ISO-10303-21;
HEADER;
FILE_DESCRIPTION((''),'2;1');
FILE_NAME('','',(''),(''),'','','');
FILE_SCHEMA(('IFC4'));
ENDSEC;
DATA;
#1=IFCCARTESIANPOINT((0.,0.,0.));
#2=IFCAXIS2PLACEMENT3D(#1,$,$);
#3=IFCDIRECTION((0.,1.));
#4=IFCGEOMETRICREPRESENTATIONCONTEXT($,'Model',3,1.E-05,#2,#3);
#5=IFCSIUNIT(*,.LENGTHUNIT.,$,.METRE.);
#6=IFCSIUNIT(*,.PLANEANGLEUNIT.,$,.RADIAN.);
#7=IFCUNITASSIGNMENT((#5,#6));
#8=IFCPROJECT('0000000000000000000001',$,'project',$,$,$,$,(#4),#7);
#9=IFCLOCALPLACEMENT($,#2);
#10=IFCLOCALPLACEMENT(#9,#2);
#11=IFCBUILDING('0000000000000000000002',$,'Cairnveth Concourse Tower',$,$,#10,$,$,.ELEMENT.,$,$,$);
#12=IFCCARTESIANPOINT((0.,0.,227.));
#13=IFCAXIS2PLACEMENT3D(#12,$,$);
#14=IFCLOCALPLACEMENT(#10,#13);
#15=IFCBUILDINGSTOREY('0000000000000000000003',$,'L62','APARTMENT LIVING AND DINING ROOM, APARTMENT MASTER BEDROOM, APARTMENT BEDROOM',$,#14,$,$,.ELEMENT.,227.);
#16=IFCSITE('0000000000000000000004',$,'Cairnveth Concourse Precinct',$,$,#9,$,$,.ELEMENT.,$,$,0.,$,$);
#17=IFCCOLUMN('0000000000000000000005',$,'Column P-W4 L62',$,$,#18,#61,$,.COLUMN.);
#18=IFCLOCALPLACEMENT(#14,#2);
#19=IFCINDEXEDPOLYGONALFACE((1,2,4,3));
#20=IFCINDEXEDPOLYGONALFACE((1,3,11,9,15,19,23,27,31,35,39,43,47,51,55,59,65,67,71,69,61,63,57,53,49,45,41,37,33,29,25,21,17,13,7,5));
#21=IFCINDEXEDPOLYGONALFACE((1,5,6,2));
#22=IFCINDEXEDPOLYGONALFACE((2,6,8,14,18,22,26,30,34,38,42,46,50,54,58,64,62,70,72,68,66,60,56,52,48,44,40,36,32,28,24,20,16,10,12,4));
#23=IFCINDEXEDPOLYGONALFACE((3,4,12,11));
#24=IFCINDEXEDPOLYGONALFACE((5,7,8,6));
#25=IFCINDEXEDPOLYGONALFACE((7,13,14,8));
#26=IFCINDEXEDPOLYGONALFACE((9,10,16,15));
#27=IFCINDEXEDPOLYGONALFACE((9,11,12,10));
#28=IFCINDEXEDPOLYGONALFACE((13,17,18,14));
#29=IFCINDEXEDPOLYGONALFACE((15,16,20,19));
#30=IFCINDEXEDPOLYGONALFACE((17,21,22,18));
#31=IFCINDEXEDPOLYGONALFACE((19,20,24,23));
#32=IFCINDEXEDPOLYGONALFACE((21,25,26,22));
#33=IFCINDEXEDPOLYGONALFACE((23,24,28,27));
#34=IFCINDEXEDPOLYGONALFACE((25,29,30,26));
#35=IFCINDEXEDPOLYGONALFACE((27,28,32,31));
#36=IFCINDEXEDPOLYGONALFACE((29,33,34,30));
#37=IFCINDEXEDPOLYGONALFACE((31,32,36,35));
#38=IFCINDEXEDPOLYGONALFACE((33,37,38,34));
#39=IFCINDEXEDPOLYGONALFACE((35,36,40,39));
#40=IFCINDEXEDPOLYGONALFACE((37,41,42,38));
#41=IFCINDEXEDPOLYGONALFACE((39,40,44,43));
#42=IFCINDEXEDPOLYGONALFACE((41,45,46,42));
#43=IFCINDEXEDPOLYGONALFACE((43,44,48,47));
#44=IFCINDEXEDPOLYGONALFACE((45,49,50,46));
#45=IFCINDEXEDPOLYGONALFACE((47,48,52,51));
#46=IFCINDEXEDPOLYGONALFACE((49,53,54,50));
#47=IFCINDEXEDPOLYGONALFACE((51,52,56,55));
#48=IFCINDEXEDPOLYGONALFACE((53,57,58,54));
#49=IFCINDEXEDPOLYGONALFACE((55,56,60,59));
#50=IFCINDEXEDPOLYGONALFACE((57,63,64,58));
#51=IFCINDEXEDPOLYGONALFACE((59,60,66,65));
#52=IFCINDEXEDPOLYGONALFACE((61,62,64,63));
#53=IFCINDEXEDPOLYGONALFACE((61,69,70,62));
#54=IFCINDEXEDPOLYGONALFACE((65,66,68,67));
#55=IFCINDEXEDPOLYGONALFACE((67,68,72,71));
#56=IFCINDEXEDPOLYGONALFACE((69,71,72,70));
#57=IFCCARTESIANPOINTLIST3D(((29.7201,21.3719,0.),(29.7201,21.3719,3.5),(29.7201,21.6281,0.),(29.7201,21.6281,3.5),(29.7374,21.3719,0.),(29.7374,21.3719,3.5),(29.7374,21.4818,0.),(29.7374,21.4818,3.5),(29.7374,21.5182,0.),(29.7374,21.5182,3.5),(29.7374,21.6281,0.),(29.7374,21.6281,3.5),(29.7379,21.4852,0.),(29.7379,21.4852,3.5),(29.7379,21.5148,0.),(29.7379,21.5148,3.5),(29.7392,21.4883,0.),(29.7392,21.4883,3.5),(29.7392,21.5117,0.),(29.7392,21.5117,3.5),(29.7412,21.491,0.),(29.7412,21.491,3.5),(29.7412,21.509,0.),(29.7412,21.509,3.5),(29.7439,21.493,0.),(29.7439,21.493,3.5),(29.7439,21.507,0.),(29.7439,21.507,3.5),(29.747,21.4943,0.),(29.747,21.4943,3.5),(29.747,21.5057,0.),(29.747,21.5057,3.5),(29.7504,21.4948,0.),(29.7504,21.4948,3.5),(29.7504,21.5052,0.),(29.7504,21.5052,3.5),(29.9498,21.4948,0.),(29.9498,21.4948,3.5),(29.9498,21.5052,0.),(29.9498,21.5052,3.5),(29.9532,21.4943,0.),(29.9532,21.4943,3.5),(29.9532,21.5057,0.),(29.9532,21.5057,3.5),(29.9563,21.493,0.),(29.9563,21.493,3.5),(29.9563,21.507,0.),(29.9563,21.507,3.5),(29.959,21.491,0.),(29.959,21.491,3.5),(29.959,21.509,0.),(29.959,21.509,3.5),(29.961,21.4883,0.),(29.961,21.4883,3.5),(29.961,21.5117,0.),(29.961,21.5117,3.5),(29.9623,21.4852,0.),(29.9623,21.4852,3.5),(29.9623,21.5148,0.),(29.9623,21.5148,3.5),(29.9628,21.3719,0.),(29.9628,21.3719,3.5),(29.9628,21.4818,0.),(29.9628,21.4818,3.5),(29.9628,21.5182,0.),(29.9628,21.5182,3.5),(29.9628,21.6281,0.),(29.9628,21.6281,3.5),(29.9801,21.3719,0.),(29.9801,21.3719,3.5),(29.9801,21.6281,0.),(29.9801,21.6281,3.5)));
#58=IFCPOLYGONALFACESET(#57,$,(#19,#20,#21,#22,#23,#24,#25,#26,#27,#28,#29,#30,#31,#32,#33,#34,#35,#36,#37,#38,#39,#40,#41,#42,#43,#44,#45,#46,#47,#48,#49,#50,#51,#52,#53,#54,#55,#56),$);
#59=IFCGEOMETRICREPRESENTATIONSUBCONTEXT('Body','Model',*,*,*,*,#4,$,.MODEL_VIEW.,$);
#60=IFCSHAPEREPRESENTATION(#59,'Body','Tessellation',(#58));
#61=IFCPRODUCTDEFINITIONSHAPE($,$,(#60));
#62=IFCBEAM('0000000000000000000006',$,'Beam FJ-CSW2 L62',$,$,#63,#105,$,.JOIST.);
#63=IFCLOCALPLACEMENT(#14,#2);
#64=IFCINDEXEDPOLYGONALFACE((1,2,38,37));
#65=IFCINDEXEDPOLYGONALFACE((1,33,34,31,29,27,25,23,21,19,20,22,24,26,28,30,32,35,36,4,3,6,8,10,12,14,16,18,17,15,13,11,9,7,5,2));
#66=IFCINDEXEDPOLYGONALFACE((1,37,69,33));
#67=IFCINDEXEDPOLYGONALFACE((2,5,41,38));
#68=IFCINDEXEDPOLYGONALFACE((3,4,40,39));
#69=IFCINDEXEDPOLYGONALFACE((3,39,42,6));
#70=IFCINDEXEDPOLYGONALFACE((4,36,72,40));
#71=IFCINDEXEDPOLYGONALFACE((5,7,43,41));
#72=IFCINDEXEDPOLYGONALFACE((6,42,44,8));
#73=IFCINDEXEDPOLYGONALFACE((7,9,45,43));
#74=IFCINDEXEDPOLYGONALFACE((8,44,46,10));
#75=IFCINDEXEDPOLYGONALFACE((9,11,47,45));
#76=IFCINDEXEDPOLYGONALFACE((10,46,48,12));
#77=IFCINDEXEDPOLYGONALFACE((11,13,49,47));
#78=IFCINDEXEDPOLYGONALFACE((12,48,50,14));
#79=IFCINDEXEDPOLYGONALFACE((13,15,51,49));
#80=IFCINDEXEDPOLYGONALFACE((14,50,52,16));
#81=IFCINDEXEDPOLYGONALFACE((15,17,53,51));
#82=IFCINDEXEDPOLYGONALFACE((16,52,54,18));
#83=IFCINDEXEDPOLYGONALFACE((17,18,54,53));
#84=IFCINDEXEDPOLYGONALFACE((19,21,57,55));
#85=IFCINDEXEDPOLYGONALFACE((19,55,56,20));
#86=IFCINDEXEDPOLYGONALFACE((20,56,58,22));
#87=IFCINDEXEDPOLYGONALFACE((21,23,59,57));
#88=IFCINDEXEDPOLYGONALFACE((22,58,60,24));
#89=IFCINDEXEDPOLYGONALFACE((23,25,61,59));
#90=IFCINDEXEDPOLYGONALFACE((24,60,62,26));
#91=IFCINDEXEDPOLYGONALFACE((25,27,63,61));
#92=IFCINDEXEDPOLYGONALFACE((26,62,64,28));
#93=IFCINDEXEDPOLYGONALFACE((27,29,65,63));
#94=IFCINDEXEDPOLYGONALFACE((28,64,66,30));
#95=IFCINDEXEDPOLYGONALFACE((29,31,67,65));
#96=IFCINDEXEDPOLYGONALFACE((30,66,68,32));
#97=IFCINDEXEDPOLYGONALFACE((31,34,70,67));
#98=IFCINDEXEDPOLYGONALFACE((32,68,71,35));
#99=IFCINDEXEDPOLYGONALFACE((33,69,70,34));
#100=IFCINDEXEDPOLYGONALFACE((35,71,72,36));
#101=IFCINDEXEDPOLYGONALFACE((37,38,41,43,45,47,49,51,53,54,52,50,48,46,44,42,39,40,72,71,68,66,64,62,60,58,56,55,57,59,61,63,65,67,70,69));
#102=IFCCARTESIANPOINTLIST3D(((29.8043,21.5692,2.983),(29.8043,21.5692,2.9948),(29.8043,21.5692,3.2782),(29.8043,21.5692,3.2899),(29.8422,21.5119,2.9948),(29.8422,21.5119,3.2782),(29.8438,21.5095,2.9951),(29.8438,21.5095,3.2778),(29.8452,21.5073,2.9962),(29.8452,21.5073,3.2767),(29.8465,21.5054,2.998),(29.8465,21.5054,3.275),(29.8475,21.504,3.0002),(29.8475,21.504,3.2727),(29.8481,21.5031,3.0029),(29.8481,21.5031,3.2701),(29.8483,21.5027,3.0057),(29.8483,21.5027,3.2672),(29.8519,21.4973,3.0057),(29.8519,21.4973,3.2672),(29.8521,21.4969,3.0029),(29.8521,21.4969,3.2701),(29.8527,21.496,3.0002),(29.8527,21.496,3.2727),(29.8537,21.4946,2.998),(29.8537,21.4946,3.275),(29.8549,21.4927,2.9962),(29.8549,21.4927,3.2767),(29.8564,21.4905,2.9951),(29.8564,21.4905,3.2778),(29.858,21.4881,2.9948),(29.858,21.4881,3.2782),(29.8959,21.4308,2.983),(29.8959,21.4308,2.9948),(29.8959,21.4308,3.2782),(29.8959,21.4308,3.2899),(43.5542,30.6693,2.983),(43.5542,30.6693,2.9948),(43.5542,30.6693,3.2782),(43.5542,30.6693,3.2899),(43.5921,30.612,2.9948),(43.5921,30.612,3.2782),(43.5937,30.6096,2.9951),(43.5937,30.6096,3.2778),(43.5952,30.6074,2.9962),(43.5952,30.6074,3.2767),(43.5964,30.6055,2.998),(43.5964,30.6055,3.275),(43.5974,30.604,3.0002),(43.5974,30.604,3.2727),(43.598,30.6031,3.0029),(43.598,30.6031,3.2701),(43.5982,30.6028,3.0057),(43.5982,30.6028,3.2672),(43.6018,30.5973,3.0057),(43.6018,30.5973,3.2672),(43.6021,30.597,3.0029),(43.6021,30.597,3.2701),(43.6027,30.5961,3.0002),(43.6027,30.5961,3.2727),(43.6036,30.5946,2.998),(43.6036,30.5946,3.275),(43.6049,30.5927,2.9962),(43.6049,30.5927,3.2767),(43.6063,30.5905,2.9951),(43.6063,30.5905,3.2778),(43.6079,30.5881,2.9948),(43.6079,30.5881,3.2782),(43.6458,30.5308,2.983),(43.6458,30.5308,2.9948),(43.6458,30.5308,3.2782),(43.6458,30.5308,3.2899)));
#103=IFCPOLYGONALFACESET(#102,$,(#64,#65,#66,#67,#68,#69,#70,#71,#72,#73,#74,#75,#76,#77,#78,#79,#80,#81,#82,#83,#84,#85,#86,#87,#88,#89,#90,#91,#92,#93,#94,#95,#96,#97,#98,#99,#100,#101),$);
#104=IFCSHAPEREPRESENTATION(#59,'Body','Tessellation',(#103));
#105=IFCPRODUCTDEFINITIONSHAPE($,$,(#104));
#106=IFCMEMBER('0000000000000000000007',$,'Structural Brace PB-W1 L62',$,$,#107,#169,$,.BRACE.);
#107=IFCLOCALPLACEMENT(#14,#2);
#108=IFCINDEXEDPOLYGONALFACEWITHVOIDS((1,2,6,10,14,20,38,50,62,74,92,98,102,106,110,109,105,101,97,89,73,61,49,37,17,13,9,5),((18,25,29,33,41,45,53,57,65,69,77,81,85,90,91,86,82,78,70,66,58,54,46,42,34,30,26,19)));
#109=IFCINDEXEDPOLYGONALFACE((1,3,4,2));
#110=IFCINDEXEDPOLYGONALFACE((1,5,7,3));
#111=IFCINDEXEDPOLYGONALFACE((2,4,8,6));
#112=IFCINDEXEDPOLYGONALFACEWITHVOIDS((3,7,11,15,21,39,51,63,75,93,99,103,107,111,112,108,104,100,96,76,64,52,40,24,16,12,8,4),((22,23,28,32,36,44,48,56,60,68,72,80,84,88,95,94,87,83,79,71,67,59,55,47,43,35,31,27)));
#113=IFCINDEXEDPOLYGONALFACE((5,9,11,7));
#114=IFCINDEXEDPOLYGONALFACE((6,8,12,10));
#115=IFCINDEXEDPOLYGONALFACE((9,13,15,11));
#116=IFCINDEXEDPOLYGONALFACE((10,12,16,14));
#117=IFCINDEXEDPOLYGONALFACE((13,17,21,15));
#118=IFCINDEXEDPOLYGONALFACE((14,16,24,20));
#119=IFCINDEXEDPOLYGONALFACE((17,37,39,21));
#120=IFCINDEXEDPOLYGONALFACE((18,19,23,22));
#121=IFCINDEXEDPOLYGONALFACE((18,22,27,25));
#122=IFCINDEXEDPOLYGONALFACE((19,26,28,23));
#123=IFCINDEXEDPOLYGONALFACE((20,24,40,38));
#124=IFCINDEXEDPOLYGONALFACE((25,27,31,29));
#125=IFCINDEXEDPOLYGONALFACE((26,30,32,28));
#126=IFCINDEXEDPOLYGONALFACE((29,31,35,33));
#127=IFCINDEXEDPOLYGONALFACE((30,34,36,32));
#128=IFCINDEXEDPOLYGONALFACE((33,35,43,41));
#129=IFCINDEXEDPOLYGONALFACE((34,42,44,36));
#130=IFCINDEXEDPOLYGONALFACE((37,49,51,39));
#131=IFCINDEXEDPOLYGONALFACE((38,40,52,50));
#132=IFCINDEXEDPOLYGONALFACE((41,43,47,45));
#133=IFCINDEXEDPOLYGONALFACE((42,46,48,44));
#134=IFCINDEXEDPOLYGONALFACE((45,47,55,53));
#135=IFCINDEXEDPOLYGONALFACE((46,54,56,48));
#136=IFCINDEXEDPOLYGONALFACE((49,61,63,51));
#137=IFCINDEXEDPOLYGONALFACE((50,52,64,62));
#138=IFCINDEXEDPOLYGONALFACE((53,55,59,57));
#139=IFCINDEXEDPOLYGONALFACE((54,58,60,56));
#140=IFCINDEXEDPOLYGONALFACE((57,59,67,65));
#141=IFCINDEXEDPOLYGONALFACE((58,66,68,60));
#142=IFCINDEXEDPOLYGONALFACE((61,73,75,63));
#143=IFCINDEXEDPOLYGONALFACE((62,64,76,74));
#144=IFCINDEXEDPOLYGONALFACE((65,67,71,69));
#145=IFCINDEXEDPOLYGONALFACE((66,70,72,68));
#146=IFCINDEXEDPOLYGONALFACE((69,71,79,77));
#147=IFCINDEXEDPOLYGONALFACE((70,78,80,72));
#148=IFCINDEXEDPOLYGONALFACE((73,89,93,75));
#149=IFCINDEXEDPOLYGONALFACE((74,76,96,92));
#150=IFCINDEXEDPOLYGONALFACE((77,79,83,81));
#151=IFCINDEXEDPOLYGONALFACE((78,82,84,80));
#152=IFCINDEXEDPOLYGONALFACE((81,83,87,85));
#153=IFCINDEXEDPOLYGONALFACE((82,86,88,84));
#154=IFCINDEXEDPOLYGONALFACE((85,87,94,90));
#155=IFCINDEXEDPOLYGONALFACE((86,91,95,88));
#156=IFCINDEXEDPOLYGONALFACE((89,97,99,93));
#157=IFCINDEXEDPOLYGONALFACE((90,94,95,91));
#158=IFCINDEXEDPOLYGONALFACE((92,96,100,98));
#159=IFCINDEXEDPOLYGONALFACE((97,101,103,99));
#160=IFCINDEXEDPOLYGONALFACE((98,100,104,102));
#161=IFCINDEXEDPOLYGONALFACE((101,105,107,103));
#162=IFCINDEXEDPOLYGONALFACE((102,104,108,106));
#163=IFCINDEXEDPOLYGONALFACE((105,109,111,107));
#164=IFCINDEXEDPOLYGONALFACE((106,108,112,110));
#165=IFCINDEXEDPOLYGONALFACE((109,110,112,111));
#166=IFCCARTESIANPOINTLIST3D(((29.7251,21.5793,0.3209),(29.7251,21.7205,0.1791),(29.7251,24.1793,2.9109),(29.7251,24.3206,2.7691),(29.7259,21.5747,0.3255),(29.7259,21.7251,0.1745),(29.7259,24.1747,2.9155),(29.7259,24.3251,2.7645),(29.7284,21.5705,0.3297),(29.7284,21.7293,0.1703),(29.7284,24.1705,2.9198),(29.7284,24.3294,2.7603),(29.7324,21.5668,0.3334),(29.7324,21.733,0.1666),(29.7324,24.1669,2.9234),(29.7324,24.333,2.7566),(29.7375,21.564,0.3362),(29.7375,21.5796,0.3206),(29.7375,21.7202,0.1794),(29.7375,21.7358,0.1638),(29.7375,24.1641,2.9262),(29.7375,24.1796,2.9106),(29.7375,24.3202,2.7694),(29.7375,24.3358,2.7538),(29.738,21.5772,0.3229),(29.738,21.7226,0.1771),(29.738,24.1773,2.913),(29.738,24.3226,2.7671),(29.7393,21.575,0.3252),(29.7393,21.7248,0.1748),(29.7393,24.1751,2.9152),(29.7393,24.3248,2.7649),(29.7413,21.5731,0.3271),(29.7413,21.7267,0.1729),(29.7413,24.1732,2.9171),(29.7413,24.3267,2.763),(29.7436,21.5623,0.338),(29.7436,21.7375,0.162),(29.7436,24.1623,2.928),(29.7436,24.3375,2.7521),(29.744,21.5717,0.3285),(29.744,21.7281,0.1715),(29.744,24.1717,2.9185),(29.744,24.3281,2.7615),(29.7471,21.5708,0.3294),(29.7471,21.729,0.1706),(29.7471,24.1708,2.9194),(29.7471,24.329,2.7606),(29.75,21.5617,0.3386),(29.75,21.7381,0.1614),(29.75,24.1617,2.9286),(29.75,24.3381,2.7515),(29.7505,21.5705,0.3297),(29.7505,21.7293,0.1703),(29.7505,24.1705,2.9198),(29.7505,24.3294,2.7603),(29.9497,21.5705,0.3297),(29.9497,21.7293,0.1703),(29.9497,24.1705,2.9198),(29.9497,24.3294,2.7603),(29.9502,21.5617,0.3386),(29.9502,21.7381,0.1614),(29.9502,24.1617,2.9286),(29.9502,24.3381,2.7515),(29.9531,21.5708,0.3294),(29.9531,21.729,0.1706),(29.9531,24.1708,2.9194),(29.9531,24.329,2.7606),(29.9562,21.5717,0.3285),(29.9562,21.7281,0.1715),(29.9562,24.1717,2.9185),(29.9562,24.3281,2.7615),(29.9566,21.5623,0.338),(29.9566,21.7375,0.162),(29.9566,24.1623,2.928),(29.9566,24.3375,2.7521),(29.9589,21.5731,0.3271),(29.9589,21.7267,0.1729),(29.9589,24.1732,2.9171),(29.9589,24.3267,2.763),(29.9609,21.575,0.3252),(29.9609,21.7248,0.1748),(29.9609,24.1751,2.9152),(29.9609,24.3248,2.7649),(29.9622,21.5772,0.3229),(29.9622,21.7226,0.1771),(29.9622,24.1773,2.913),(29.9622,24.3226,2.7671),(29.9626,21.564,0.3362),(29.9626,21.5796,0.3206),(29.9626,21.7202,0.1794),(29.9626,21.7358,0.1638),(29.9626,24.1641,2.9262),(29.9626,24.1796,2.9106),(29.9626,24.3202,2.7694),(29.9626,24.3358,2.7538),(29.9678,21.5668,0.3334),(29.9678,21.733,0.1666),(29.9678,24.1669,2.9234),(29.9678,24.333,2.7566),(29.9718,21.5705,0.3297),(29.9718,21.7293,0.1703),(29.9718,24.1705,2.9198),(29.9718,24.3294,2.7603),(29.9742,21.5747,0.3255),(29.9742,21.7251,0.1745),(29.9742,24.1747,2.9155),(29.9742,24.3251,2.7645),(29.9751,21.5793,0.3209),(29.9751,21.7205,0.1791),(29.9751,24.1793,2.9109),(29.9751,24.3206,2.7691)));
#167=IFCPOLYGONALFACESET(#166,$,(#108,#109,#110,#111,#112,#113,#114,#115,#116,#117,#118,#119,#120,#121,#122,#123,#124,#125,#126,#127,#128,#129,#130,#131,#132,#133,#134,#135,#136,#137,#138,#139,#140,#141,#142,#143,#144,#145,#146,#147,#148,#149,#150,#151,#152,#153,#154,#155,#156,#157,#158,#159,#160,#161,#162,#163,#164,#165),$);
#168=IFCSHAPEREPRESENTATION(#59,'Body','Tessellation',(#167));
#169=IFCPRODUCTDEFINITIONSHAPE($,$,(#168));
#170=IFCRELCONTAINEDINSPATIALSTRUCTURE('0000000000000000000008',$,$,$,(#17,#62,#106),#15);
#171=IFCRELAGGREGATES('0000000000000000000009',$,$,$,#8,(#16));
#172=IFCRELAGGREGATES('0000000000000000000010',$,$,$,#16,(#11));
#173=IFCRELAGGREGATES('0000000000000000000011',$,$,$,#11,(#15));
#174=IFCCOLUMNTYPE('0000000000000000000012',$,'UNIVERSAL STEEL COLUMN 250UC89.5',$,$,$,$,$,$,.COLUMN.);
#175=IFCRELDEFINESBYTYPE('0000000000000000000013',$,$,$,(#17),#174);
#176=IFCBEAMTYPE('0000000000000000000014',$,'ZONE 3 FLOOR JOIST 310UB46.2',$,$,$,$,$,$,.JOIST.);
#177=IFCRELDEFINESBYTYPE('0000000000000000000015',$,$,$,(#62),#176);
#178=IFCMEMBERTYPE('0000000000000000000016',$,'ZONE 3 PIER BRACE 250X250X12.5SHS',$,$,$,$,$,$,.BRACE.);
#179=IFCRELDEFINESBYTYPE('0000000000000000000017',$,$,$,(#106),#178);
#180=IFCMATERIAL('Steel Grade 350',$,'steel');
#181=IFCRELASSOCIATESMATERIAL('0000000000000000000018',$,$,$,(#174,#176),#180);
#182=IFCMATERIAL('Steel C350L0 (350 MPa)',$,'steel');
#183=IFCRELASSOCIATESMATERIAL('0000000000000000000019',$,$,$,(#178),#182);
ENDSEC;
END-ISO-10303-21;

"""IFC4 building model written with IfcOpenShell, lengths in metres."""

from ifc_helpers import new_model, si_unit, direction, frame, origin, origin_2d, place, context, subcontext, project, spatial, hollow_rectangle, i_section, extrude, material, material_profile, profile_set, type_object, element, save


model = new_model("IFC4")

# Units and contexts
model_context = context("Model", 3, precision=1e-05, world=origin(), true_north=direction((0.0, 1.0)))
body_context = subcontext(model_context, "Body", "Model", "MODEL_VIEW")
ifc_project = project(units=[si_unit("LENGTHUNIT", "METRE"), si_unit("PLANEANGLEUNIT", "RADIAN")], contexts=[model_context])

# Site, building, storey
site_placement = place(None, origin())
site = spatial("IfcSite", under=ifc_project, at=site_placement, Name="Cairnveth Concourse Precinct", CompositionType="ELEMENT", RefElevation=0.0)
building_placement = place(site_placement, origin())
building = spatial("IfcBuilding", under=site, at=building_placement, Name="Cairnveth Concourse Tower", CompositionType="ELEMENT")
storey_placement = place(building_placement, frame((0.0, 0.0, 227.0)))
storey = spatial("IfcBuildingStorey", under=building, at=storey_placement, Name="L62", Description="APARTMENT LIVING AND DINING ROOM, APARTMENT MASTER BEDROOM, APARTMENT BEDROOM", CompositionType="ELEMENT", Elevation=227.0)

# Column
ifc_material_1 = material(Name="Steel Grade 350", Category="steel")
ifc_material_profile_1 = material_profile(ifc_material_1, i_section(OverallWidth=0.2561, OverallDepth=0.26, WebThickness=0.0105, FlangeThickness=0.0173, FilletRadius=0.0129, at=origin_2d()), Name="250UC89.5")
ifc_profile_set_1 = profile_set([ifc_material_profile_1], Name="Steel Grade 350")
column_type = type_object("IfcColumnType", Name="UNIVERSAL STEEL COLUMN 250UC89.5", PredefinedType="COLUMN", material=ifc_profile_set_1)
column_placement = place(storey_placement, frame((29.8501, 21.5, 0.0), z_axis=(0.0, 0.0, 1.0), x_axis=(0.0, 1.0, 0.0)))
element("IfcColumn", 1, at=column_placement, inside=storey, type_object=column_type, Name="Column P-W4 L62", PredefinedType="COLUMN", context=body_context, shape_type="SweptSolid", body=[
    extrude(i_section(OverallWidth=0.2561, OverallDepth=0.26, WebThickness=0.0105, FlangeThickness=0.0173, FilletRadius=0.0129, at=origin_2d()), origin(), (0.0, 0.0, 1.0), 3.5),
])

# Beam
ifc_material_profile_2 = material_profile(ifc_material_1, i_section(OverallWidth=0.166, OverallDepth=0.3069, WebThickness=0.0066, FlangeThickness=0.0117, FilletRadius=0.011, at=origin_2d()), Name="310UB46.2")
ifc_profile_set_2 = profile_set([ifc_material_profile_2], Name="Steel Grade 350")
beam_type_1 = type_object("IfcBeamType", Name="ZONE 3 FLOOR JOIST 310UB46.2", PredefinedType="JOIST", material=ifc_profile_set_2)
beam_1_placement = place(storey_placement, frame((29.8501, 21.5, 3.1365), z_axis=(0.833909, 0.551902, 0.0), x_axis=(-0.551902, 0.833909, 0.0)))
element("IfcBeam", 2, at=beam_1_placement, inside=storey, type_object=beam_type_1, Name="Beam FJ-CSW2 L62", PredefinedType="JOIST", context=body_context, shape_type="SweptSolid", body=[
    extrude(i_section(OverallWidth=0.166, OverallDepth=0.3069, WebThickness=0.0066, FlangeThickness=0.0117, FilletRadius=0.011, at=origin_2d()), origin(), (0.0, 0.0, 1.0), 16.4885),
])

# Member
ifc_material_2 = material(Name="Steel C350L0 (350 MPa)", Category="steel")
ifc_material_profile_3 = material_profile(ifc_material_2, hollow_rectangle(XDim=0.25, YDim=0.25, WallThickness=0.0125, InnerFilletRadius=0.0129, OuterFilletRadius=0.0249, at=origin_2d()), Name="250x250x12.5SHS")
ifc_profile_set_3 = profile_set([ifc_material_profile_3], Name="Steel C350L0 (350 MPa)")
member_type = type_object("IfcMemberType", Name="ZONE 3 PIER BRACE 250X250X12.5SHS", PredefinedType="BRACE", material=ifc_profile_set_3)
member_placement = place(storey_placement, frame((29.8501, 21.6499, 0.25), z_axis=(0.0, 0.708469, 0.705742), x_axis=(-1.0, 0.0, 0.0)))
element("IfcMember", 3, at=member_placement, inside=storey, type_object=member_type, Name="Structural Brace PB-W1 L62", PredefinedType="BRACE", context=body_context, shape_type="SweptSolid", body=[
    extrude(hollow_rectangle(XDim=0.25, YDim=0.25, WallThickness=0.0125, InnerFilletRadius=0.0129, OuterFilletRadius=0.0249, at=origin_2d()), origin(), (0.0, 0.0, 1.0), 3.6699),
])

save(model, "model.ifc")
